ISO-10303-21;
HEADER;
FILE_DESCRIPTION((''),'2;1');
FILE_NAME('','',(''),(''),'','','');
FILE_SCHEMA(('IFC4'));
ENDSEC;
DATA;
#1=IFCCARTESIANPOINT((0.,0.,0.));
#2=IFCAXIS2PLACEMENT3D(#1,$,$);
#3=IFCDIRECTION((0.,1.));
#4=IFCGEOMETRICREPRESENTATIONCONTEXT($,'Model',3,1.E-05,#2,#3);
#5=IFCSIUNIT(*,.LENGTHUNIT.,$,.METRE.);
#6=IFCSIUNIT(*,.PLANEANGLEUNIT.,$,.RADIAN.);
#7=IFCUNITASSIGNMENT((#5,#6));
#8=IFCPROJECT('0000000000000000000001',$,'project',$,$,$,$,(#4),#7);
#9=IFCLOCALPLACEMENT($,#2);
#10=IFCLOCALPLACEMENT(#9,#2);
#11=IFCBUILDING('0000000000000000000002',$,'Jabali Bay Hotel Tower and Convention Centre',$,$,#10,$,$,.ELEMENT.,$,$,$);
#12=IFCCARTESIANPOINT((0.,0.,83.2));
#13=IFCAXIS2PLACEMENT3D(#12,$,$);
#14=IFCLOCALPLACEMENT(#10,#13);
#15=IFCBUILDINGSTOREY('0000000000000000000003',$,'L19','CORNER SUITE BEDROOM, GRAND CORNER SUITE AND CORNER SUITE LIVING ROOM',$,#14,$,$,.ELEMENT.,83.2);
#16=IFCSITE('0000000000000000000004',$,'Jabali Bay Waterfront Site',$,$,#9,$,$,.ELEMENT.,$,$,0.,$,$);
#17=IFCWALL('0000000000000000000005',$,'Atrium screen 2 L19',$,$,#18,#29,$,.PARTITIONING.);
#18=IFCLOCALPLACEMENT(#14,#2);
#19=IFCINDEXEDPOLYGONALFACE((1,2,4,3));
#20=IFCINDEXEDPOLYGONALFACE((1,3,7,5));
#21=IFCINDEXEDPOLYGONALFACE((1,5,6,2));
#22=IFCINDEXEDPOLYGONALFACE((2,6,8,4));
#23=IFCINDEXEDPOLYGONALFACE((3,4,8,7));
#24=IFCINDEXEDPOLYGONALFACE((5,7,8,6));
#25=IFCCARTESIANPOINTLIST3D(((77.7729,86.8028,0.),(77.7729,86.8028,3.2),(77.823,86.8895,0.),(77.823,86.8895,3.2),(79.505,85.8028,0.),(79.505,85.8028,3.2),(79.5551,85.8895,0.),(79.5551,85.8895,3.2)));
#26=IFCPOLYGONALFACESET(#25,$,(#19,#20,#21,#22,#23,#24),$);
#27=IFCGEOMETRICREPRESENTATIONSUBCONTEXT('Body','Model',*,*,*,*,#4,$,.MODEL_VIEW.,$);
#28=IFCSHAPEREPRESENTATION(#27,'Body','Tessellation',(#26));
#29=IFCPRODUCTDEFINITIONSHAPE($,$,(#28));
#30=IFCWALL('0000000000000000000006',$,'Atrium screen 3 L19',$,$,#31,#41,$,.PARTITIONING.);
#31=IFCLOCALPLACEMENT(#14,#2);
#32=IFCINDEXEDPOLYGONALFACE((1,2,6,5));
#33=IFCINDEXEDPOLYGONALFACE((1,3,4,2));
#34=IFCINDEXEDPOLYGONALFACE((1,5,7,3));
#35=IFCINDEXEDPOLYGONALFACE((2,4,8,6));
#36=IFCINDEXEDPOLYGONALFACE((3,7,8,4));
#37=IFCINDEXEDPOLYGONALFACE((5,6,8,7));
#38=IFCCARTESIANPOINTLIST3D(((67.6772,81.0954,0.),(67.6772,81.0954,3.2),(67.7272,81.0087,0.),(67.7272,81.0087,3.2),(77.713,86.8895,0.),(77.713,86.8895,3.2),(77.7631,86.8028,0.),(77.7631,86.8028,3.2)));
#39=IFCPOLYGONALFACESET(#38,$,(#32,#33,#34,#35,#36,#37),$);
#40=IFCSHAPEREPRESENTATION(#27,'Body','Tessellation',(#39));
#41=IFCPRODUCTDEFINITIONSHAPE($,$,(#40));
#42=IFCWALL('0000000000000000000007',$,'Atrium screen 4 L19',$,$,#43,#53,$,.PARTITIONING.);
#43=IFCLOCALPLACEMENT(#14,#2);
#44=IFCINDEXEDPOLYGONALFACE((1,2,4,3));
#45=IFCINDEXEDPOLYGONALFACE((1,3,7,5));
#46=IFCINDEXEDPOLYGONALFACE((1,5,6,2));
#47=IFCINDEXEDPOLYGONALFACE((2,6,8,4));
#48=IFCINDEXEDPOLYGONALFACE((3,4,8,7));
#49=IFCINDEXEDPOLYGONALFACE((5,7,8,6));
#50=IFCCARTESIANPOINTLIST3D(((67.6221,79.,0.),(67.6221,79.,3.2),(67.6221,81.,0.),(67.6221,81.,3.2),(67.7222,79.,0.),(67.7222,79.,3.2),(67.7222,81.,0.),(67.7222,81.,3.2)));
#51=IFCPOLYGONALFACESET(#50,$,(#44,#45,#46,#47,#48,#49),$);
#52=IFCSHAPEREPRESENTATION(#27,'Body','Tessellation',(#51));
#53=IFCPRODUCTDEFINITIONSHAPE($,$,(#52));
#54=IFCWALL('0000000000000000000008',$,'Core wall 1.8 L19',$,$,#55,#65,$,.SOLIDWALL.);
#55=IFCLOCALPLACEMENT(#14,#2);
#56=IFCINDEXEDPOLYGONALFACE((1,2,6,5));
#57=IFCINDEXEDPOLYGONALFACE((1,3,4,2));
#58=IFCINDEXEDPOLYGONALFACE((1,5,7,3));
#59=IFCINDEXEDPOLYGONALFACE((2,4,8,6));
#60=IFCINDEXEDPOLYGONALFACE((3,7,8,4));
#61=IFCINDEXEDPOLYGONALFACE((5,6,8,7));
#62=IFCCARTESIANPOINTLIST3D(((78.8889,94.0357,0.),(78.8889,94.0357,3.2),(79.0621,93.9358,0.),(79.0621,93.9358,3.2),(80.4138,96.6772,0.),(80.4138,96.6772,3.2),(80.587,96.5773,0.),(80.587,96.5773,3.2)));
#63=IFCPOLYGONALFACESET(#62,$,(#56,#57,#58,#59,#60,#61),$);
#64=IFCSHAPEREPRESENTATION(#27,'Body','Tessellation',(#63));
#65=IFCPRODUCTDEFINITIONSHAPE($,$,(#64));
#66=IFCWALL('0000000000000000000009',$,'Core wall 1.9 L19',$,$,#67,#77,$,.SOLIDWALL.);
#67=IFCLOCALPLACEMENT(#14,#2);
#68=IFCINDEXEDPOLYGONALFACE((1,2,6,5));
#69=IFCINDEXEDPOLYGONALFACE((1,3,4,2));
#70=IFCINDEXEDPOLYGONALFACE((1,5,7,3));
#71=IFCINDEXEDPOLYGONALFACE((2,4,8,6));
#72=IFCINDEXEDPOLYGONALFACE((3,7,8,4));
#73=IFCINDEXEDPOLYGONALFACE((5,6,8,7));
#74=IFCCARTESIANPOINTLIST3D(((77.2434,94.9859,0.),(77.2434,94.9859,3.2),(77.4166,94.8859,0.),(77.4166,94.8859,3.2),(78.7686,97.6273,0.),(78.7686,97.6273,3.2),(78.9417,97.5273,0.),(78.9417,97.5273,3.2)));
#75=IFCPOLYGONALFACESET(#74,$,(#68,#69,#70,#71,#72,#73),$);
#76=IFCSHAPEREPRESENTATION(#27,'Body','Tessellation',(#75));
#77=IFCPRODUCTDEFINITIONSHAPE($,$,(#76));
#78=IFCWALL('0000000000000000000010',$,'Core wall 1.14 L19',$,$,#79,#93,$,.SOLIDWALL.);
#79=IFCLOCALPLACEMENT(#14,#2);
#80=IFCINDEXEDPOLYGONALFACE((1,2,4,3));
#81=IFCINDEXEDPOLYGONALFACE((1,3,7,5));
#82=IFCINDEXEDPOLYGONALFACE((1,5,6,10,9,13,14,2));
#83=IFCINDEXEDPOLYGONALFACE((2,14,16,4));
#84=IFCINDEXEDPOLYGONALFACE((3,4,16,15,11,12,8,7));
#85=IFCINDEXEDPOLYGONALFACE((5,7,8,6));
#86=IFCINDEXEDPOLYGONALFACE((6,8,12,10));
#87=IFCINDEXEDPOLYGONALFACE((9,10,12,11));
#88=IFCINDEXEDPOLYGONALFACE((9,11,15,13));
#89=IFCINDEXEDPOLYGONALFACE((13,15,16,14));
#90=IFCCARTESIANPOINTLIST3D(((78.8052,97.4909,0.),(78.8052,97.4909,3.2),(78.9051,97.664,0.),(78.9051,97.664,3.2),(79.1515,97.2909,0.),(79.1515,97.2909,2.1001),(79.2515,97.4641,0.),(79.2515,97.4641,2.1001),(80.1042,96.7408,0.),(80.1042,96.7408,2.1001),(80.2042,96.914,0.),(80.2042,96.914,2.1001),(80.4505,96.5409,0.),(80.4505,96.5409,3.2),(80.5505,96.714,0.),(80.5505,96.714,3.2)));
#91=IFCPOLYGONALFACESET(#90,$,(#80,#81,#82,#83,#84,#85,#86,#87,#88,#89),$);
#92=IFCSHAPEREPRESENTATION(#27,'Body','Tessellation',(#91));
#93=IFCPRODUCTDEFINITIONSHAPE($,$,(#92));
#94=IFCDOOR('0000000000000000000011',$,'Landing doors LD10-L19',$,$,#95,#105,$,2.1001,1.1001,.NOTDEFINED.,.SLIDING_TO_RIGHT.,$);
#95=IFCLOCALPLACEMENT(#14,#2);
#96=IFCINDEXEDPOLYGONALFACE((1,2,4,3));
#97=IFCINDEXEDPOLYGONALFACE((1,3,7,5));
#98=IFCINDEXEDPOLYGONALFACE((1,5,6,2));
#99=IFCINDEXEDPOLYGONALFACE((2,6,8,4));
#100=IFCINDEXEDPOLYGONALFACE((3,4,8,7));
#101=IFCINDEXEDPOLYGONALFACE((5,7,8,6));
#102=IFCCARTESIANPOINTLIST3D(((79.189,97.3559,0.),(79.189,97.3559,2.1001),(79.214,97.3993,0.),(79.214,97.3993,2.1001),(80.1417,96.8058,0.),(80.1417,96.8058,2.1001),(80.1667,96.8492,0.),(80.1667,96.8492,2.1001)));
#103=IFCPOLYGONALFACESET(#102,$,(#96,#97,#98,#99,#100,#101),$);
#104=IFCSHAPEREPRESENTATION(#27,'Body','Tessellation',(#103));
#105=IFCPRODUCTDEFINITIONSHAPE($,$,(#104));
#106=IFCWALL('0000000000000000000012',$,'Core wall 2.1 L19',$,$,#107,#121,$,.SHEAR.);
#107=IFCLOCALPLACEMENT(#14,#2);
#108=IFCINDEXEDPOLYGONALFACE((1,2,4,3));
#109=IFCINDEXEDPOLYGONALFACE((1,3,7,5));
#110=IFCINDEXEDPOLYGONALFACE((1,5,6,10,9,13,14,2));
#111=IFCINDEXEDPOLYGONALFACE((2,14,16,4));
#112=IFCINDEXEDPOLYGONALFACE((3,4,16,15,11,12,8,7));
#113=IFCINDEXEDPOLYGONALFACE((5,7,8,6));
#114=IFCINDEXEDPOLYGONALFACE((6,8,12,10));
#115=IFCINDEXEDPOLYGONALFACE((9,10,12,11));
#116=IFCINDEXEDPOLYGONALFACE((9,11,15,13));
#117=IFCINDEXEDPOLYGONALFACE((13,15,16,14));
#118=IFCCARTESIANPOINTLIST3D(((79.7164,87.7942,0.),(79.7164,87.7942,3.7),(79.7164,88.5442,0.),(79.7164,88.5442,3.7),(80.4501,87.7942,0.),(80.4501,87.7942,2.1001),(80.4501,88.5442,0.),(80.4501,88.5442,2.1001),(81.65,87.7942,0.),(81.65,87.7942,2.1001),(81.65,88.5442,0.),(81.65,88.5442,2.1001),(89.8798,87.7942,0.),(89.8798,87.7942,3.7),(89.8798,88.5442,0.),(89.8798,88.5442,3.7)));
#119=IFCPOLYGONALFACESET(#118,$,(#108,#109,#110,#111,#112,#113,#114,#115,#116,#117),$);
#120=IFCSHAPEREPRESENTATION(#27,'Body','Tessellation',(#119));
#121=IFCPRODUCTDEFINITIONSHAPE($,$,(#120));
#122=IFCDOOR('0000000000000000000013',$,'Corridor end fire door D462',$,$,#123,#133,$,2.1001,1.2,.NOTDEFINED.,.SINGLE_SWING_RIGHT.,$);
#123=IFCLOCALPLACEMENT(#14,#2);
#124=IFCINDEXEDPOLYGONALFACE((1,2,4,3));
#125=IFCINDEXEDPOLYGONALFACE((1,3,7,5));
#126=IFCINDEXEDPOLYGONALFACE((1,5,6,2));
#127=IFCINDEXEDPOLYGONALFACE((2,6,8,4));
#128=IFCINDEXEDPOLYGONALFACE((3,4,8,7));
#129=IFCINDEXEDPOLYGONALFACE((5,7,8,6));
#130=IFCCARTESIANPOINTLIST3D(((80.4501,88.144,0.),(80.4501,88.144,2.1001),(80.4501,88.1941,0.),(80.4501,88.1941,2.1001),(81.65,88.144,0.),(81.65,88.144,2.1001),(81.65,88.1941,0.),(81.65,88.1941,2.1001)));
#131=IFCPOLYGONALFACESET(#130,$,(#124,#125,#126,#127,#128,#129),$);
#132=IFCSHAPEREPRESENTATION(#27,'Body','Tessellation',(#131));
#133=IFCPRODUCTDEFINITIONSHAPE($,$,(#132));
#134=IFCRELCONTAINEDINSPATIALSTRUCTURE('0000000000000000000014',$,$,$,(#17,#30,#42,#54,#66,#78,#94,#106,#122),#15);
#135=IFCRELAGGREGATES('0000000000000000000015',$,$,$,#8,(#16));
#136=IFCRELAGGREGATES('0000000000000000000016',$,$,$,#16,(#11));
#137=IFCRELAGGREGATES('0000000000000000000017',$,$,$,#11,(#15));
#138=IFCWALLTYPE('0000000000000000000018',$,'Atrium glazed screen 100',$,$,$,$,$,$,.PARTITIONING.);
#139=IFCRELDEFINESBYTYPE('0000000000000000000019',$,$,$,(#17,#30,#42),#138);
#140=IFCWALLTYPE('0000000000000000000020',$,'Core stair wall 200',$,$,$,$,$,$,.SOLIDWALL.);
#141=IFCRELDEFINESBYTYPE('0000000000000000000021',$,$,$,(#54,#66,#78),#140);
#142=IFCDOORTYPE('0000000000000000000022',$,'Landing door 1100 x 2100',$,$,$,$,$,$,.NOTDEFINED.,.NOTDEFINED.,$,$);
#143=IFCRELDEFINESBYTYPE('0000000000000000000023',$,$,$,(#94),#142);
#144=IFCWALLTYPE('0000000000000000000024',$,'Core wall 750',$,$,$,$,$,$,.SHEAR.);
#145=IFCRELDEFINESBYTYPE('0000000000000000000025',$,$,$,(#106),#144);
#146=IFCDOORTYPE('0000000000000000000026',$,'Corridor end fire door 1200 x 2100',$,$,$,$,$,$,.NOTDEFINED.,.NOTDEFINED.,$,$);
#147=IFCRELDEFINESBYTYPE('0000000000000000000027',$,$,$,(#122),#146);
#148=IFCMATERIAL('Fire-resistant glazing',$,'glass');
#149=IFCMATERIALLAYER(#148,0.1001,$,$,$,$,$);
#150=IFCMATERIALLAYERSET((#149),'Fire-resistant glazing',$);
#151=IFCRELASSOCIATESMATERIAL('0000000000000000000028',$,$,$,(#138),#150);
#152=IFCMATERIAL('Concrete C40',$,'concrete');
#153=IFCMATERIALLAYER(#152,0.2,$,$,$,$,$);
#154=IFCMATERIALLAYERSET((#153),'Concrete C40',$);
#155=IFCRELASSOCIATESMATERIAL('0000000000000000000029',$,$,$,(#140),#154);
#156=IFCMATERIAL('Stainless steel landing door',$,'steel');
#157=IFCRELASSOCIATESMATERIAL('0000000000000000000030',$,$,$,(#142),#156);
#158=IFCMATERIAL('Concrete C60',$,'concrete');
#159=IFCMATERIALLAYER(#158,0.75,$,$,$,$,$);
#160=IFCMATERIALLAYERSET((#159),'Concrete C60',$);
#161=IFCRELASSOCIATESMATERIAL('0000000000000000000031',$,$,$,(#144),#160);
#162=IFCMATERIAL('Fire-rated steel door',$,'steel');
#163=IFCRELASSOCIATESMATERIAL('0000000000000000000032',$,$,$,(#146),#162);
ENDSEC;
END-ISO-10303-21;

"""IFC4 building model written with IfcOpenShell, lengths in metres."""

from ifc_helpers import new_model, si_unit, direction, frame, frame_2d, origin, place, context, subcontext, project, spatial, rectangle, extrude, material, layer, layer_set, type_object, element, fill, save


model = new_model("IFC4")

# Units and contexts
model_context = context("Model", 3, precision=1e-05, world=origin(), true_north=direction((0.0, 1.0)))
body_context = subcontext(model_context, "Body", "Model", "MODEL_VIEW")
ifc_project = project(units=[si_unit("LENGTHUNIT", "METRE"), si_unit("PLANEANGLEUNIT", "RADIAN")], contexts=[model_context])

# Site, building, storey
site_placement = place(None, origin())
site = spatial("IfcSite", under=ifc_project, at=site_placement, Name="Jabali Bay Waterfront Site", CompositionType="ELEMENT", RefElevation=0.0)
building_placement = place(site_placement, origin())
building = spatial("IfcBuilding", under=site, at=building_placement, Name="Jabali Bay Hotel Tower and Convention Centre", CompositionType="ELEMENT")
storey_placement = place(building_placement, frame((0.0, 0.0, 83.2)))
storey = spatial("IfcBuildingStorey", under=building, at=storey_placement, Name="L19", Description="CORNER SUITE BEDROOM, GRAND CORNER SUITE AND CORNER SUITE LIVING ROOM", CompositionType="ELEMENT", Elevation=83.2)

# Walls
ifc_material_1 = material(Name="Fire-resistant glazing", Category="glass")
ifc_layer_1 = layer(ifc_material_1, 0.1001)
ifc_layer_set_1 = layer_set([ifc_layer_1], Name="Fire-resistant glazing")
wall_type_1 = type_object("IfcWallType", Name="Atrium glazed screen 100", PredefinedType="PARTITIONING", material=ifc_layer_set_1)
wall_1_placement = place(storey_placement, frame((79.53, 85.8462, 0.0), z_axis=(0.0, 0.0, 1.0), x_axis=(-0.866041, 0.499973, 0.0)))
element("IfcWall", 1, at=wall_1_placement, inside=storey, type_object=wall_type_1, Name="Atrium screen 2 L19", PredefinedType="PARTITIONING", context=body_context, shape_type="SweptSolid", body=[
    extrude(rectangle(XDim=2.0, YDim=0.1001, at=frame_2d((1.0, 0.0))), origin(), (0.0, 0.0, 1.0), 3.2),
])
wall_2_placement = place(storey_placement, frame((77.738, 86.8462, 0.0), z_axis=(0.0, 0.0, 1.0), x_axis=(-0.866027, -0.499998, 0.0)))
element("IfcWall", 2, at=wall_2_placement, inside=storey, type_object=wall_type_1, Name="Atrium screen 3 L19", PredefinedType="PARTITIONING", context=body_context, shape_type="SweptSolid", body=[
    extrude(rectangle(XDim=11.5884, YDim=0.1001, at=frame_2d((5.7942, 0.0))), origin(), (0.0, 0.0, 1.0), 3.2),
])
wall_3_placement = place(storey_placement, frame((67.6721, 81.0, 0.0), z_axis=(0.0, 0.0, 1.0), x_axis=(0.0, -1.0, 0.0)))
element("IfcWall", 3, at=wall_3_placement, inside=storey, type_object=wall_type_1, Name="Atrium screen 4 L19", PredefinedType="PARTITIONING", context=body_context, shape_type="SweptSolid", body=[
    extrude(rectangle(XDim=2.0, YDim=0.1001, at=frame_2d((1.0, 0.0))), origin(), (0.0, 0.0, 1.0), 3.2),
])
ifc_material_2 = material(Name="Concrete C40", Category="concrete")
ifc_layer_2 = layer(ifc_material_2, 0.2)
ifc_layer_set_2 = layer_set([ifc_layer_2], Name="Concrete C40")
wall_type_2 = type_object("IfcWallType", Name="Core stair wall 200", PredefinedType="SOLIDWALL", material=ifc_layer_set_2)
for number, where, z_axis, x_axis, name in (
    (4, (78.9756, 93.9858, 0.0), (0.0, 0.0, 1.0), (0.499944, 0.866058, 0.0), "Core wall 1.8 L19"),
    (5, (77.3301, 94.936, 0.0), (0.0, 0.0, 1.0), (0.500039, 0.866003, 0.0), "Core wall 1.9 L19"),
):
    element("IfcWall", number, at=place(storey_placement, frame(where, z_axis=z_axis, x_axis=x_axis)), inside=storey, type_object=wall_type_2, Name=name, PredefinedType="SOLIDWALL", context=body_context, shape_type="SweptSolid", body=[
        extrude(rectangle(XDim=3.05, YDim=0.2, at=frame_2d((1.5249, 0.0))), origin(), (0.0, 0.0, 1.0), 3.2),
    ])

# Walls, openings, doors
wall_4_placement = place(storey_placement, frame((80.5005, 96.6274, 0.0), z_axis=(0.0, 0.0, 1.0), x_axis=(-0.866012, 0.500023, 0.0)))
wall_4 = element("IfcWall", 6, at=wall_4_placement, inside=storey, type_object=wall_type_2, Name="Core wall 1.14 L19", PredefinedType="SOLIDWALL", context=body_context, shape_type="SweptSolid", body=[
    extrude(rectangle(XDim=1.8999, YDim=0.2, at=frame_2d((0.95, 0.0))), origin(), (0.0, 0.0, 1.0), 3.2),
])
opening_1_placement = place(wall_4_placement, frame((0.3999, 0.0, 0.0)))
opening_1 = element("IfcOpeningElement", 7, at=opening_1_placement, cuts=wall_4, PredefinedType="OPENING", context=body_context, shape_type="SweptSolid", body=[
    extrude(rectangle(XDim=1.1001, YDim=2.1001, at=frame_2d((0.55, 1.05))), frame((0.0, 0.1104, 0.0), z_axis=(0.0, -1.0, 0.0), x_axis=(1.0, 0.0, 0.0)), (0.0, 0.0, 1.0), 0.2209),
])
ifc_material_3 = material(Name="Stainless steel landing door", Category="steel")
door_type_1 = type_object("IfcDoorType", Name="Landing door 1100 x 2100", OperationType="NOTDEFINED", PredefinedType="NOTDEFINED", material=ifc_material_3)
door_1_placement = place(opening_1_placement, origin())
door_1 = element("IfcDoor", 8, at=door_1_placement, inside=storey, type_object=door_type_1, Name="Landing doors LD10-L19", OperationType="SLIDING_TO_RIGHT", OverallHeight=2.1001, OverallWidth=1.1001, PredefinedType="NOTDEFINED", context=body_context, shape_type="SweptSolid", body=[
    extrude(rectangle(XDim=1.1001, YDim=2.1001, at=frame_2d((0.55, 1.05))), frame((0.0, 0.0249, 0.0), z_axis=(0.0, -1.0, 0.0), x_axis=(1.0, 0.0, 0.0)), (0.0, 0.0, 1.0), 0.05),
])
fill(opening_1, door_1)
ifc_material_4 = material(Name="Concrete C60", Category="concrete")
ifc_layer_3 = layer(ifc_material_4, 0.75)
ifc_layer_set_3 = layer_set([ifc_layer_3], Name="Concrete C60")
wall_type_3 = type_object("IfcWallType", Name="Core wall 750", PredefinedType="SHEAR", material=ifc_layer_set_3)
wall_5_placement = place(storey_placement, frame((79.7166, 88.1692, 0.0), z_axis=(0.0, 0.0, 1.0), x_axis=(1.0, 0.0, 0.0)))
wall_5 = element("IfcWall", 9, at=wall_5_placement, inside=storey, type_object=wall_type_3, Name="Core wall 2.1 L19", PredefinedType="SHEAR", context=body_context, shape_type="SweptSolid", body=[
    extrude(rectangle(XDim=10.1633, YDim=0.75, at=frame_2d((5.0815, 0.0))), origin(), (0.0, 0.0, 1.0), 3.7),
])
opening_2_placement = place(wall_5_placement, frame((0.7334, 0.0, 0.0)))
opening_2 = element("IfcOpeningElement", 10, at=opening_2_placement, cuts=wall_5, PredefinedType="OPENING", context=body_context, shape_type="SweptSolid", body=[
    extrude(rectangle(XDim=1.2, YDim=2.1001, at=frame_2d((0.6001, 1.05))), frame((0.0, 0.3855, 0.0), z_axis=(0.0, -1.0, 0.0), x_axis=(1.0, 0.0, 0.0)), (0.0, 0.0, 1.0), 0.771),
])
ifc_material_5 = material(Name="Fire-rated steel door", Category="steel")
door_type_2 = type_object("IfcDoorType", Name="Corridor end fire door 1200 x 2100", OperationType="NOTDEFINED", PredefinedType="NOTDEFINED", material=ifc_material_5)
door_2_placement = place(opening_2_placement, origin())
door_2 = element("IfcDoor", 11, at=door_2_placement, inside=storey, type_object=door_type_2, Name="Corridor end fire door D462", OperationType="SINGLE_SWING_RIGHT", OverallHeight=2.1001, OverallWidth=1.2, PredefinedType="NOTDEFINED", context=body_context, shape_type="SweptSolid", body=[
    extrude(rectangle(XDim=1.2, YDim=2.1001, at=frame_2d((0.6001, 1.05))), frame((0.0, 0.0249, 0.0), z_axis=(0.0, -1.0, 0.0), x_axis=(1.0, 0.0, 0.0)), (0.0, 0.0, 1.0), 0.05),
])
fill(opening_2, door_2)

save(model, "model.ifc")
